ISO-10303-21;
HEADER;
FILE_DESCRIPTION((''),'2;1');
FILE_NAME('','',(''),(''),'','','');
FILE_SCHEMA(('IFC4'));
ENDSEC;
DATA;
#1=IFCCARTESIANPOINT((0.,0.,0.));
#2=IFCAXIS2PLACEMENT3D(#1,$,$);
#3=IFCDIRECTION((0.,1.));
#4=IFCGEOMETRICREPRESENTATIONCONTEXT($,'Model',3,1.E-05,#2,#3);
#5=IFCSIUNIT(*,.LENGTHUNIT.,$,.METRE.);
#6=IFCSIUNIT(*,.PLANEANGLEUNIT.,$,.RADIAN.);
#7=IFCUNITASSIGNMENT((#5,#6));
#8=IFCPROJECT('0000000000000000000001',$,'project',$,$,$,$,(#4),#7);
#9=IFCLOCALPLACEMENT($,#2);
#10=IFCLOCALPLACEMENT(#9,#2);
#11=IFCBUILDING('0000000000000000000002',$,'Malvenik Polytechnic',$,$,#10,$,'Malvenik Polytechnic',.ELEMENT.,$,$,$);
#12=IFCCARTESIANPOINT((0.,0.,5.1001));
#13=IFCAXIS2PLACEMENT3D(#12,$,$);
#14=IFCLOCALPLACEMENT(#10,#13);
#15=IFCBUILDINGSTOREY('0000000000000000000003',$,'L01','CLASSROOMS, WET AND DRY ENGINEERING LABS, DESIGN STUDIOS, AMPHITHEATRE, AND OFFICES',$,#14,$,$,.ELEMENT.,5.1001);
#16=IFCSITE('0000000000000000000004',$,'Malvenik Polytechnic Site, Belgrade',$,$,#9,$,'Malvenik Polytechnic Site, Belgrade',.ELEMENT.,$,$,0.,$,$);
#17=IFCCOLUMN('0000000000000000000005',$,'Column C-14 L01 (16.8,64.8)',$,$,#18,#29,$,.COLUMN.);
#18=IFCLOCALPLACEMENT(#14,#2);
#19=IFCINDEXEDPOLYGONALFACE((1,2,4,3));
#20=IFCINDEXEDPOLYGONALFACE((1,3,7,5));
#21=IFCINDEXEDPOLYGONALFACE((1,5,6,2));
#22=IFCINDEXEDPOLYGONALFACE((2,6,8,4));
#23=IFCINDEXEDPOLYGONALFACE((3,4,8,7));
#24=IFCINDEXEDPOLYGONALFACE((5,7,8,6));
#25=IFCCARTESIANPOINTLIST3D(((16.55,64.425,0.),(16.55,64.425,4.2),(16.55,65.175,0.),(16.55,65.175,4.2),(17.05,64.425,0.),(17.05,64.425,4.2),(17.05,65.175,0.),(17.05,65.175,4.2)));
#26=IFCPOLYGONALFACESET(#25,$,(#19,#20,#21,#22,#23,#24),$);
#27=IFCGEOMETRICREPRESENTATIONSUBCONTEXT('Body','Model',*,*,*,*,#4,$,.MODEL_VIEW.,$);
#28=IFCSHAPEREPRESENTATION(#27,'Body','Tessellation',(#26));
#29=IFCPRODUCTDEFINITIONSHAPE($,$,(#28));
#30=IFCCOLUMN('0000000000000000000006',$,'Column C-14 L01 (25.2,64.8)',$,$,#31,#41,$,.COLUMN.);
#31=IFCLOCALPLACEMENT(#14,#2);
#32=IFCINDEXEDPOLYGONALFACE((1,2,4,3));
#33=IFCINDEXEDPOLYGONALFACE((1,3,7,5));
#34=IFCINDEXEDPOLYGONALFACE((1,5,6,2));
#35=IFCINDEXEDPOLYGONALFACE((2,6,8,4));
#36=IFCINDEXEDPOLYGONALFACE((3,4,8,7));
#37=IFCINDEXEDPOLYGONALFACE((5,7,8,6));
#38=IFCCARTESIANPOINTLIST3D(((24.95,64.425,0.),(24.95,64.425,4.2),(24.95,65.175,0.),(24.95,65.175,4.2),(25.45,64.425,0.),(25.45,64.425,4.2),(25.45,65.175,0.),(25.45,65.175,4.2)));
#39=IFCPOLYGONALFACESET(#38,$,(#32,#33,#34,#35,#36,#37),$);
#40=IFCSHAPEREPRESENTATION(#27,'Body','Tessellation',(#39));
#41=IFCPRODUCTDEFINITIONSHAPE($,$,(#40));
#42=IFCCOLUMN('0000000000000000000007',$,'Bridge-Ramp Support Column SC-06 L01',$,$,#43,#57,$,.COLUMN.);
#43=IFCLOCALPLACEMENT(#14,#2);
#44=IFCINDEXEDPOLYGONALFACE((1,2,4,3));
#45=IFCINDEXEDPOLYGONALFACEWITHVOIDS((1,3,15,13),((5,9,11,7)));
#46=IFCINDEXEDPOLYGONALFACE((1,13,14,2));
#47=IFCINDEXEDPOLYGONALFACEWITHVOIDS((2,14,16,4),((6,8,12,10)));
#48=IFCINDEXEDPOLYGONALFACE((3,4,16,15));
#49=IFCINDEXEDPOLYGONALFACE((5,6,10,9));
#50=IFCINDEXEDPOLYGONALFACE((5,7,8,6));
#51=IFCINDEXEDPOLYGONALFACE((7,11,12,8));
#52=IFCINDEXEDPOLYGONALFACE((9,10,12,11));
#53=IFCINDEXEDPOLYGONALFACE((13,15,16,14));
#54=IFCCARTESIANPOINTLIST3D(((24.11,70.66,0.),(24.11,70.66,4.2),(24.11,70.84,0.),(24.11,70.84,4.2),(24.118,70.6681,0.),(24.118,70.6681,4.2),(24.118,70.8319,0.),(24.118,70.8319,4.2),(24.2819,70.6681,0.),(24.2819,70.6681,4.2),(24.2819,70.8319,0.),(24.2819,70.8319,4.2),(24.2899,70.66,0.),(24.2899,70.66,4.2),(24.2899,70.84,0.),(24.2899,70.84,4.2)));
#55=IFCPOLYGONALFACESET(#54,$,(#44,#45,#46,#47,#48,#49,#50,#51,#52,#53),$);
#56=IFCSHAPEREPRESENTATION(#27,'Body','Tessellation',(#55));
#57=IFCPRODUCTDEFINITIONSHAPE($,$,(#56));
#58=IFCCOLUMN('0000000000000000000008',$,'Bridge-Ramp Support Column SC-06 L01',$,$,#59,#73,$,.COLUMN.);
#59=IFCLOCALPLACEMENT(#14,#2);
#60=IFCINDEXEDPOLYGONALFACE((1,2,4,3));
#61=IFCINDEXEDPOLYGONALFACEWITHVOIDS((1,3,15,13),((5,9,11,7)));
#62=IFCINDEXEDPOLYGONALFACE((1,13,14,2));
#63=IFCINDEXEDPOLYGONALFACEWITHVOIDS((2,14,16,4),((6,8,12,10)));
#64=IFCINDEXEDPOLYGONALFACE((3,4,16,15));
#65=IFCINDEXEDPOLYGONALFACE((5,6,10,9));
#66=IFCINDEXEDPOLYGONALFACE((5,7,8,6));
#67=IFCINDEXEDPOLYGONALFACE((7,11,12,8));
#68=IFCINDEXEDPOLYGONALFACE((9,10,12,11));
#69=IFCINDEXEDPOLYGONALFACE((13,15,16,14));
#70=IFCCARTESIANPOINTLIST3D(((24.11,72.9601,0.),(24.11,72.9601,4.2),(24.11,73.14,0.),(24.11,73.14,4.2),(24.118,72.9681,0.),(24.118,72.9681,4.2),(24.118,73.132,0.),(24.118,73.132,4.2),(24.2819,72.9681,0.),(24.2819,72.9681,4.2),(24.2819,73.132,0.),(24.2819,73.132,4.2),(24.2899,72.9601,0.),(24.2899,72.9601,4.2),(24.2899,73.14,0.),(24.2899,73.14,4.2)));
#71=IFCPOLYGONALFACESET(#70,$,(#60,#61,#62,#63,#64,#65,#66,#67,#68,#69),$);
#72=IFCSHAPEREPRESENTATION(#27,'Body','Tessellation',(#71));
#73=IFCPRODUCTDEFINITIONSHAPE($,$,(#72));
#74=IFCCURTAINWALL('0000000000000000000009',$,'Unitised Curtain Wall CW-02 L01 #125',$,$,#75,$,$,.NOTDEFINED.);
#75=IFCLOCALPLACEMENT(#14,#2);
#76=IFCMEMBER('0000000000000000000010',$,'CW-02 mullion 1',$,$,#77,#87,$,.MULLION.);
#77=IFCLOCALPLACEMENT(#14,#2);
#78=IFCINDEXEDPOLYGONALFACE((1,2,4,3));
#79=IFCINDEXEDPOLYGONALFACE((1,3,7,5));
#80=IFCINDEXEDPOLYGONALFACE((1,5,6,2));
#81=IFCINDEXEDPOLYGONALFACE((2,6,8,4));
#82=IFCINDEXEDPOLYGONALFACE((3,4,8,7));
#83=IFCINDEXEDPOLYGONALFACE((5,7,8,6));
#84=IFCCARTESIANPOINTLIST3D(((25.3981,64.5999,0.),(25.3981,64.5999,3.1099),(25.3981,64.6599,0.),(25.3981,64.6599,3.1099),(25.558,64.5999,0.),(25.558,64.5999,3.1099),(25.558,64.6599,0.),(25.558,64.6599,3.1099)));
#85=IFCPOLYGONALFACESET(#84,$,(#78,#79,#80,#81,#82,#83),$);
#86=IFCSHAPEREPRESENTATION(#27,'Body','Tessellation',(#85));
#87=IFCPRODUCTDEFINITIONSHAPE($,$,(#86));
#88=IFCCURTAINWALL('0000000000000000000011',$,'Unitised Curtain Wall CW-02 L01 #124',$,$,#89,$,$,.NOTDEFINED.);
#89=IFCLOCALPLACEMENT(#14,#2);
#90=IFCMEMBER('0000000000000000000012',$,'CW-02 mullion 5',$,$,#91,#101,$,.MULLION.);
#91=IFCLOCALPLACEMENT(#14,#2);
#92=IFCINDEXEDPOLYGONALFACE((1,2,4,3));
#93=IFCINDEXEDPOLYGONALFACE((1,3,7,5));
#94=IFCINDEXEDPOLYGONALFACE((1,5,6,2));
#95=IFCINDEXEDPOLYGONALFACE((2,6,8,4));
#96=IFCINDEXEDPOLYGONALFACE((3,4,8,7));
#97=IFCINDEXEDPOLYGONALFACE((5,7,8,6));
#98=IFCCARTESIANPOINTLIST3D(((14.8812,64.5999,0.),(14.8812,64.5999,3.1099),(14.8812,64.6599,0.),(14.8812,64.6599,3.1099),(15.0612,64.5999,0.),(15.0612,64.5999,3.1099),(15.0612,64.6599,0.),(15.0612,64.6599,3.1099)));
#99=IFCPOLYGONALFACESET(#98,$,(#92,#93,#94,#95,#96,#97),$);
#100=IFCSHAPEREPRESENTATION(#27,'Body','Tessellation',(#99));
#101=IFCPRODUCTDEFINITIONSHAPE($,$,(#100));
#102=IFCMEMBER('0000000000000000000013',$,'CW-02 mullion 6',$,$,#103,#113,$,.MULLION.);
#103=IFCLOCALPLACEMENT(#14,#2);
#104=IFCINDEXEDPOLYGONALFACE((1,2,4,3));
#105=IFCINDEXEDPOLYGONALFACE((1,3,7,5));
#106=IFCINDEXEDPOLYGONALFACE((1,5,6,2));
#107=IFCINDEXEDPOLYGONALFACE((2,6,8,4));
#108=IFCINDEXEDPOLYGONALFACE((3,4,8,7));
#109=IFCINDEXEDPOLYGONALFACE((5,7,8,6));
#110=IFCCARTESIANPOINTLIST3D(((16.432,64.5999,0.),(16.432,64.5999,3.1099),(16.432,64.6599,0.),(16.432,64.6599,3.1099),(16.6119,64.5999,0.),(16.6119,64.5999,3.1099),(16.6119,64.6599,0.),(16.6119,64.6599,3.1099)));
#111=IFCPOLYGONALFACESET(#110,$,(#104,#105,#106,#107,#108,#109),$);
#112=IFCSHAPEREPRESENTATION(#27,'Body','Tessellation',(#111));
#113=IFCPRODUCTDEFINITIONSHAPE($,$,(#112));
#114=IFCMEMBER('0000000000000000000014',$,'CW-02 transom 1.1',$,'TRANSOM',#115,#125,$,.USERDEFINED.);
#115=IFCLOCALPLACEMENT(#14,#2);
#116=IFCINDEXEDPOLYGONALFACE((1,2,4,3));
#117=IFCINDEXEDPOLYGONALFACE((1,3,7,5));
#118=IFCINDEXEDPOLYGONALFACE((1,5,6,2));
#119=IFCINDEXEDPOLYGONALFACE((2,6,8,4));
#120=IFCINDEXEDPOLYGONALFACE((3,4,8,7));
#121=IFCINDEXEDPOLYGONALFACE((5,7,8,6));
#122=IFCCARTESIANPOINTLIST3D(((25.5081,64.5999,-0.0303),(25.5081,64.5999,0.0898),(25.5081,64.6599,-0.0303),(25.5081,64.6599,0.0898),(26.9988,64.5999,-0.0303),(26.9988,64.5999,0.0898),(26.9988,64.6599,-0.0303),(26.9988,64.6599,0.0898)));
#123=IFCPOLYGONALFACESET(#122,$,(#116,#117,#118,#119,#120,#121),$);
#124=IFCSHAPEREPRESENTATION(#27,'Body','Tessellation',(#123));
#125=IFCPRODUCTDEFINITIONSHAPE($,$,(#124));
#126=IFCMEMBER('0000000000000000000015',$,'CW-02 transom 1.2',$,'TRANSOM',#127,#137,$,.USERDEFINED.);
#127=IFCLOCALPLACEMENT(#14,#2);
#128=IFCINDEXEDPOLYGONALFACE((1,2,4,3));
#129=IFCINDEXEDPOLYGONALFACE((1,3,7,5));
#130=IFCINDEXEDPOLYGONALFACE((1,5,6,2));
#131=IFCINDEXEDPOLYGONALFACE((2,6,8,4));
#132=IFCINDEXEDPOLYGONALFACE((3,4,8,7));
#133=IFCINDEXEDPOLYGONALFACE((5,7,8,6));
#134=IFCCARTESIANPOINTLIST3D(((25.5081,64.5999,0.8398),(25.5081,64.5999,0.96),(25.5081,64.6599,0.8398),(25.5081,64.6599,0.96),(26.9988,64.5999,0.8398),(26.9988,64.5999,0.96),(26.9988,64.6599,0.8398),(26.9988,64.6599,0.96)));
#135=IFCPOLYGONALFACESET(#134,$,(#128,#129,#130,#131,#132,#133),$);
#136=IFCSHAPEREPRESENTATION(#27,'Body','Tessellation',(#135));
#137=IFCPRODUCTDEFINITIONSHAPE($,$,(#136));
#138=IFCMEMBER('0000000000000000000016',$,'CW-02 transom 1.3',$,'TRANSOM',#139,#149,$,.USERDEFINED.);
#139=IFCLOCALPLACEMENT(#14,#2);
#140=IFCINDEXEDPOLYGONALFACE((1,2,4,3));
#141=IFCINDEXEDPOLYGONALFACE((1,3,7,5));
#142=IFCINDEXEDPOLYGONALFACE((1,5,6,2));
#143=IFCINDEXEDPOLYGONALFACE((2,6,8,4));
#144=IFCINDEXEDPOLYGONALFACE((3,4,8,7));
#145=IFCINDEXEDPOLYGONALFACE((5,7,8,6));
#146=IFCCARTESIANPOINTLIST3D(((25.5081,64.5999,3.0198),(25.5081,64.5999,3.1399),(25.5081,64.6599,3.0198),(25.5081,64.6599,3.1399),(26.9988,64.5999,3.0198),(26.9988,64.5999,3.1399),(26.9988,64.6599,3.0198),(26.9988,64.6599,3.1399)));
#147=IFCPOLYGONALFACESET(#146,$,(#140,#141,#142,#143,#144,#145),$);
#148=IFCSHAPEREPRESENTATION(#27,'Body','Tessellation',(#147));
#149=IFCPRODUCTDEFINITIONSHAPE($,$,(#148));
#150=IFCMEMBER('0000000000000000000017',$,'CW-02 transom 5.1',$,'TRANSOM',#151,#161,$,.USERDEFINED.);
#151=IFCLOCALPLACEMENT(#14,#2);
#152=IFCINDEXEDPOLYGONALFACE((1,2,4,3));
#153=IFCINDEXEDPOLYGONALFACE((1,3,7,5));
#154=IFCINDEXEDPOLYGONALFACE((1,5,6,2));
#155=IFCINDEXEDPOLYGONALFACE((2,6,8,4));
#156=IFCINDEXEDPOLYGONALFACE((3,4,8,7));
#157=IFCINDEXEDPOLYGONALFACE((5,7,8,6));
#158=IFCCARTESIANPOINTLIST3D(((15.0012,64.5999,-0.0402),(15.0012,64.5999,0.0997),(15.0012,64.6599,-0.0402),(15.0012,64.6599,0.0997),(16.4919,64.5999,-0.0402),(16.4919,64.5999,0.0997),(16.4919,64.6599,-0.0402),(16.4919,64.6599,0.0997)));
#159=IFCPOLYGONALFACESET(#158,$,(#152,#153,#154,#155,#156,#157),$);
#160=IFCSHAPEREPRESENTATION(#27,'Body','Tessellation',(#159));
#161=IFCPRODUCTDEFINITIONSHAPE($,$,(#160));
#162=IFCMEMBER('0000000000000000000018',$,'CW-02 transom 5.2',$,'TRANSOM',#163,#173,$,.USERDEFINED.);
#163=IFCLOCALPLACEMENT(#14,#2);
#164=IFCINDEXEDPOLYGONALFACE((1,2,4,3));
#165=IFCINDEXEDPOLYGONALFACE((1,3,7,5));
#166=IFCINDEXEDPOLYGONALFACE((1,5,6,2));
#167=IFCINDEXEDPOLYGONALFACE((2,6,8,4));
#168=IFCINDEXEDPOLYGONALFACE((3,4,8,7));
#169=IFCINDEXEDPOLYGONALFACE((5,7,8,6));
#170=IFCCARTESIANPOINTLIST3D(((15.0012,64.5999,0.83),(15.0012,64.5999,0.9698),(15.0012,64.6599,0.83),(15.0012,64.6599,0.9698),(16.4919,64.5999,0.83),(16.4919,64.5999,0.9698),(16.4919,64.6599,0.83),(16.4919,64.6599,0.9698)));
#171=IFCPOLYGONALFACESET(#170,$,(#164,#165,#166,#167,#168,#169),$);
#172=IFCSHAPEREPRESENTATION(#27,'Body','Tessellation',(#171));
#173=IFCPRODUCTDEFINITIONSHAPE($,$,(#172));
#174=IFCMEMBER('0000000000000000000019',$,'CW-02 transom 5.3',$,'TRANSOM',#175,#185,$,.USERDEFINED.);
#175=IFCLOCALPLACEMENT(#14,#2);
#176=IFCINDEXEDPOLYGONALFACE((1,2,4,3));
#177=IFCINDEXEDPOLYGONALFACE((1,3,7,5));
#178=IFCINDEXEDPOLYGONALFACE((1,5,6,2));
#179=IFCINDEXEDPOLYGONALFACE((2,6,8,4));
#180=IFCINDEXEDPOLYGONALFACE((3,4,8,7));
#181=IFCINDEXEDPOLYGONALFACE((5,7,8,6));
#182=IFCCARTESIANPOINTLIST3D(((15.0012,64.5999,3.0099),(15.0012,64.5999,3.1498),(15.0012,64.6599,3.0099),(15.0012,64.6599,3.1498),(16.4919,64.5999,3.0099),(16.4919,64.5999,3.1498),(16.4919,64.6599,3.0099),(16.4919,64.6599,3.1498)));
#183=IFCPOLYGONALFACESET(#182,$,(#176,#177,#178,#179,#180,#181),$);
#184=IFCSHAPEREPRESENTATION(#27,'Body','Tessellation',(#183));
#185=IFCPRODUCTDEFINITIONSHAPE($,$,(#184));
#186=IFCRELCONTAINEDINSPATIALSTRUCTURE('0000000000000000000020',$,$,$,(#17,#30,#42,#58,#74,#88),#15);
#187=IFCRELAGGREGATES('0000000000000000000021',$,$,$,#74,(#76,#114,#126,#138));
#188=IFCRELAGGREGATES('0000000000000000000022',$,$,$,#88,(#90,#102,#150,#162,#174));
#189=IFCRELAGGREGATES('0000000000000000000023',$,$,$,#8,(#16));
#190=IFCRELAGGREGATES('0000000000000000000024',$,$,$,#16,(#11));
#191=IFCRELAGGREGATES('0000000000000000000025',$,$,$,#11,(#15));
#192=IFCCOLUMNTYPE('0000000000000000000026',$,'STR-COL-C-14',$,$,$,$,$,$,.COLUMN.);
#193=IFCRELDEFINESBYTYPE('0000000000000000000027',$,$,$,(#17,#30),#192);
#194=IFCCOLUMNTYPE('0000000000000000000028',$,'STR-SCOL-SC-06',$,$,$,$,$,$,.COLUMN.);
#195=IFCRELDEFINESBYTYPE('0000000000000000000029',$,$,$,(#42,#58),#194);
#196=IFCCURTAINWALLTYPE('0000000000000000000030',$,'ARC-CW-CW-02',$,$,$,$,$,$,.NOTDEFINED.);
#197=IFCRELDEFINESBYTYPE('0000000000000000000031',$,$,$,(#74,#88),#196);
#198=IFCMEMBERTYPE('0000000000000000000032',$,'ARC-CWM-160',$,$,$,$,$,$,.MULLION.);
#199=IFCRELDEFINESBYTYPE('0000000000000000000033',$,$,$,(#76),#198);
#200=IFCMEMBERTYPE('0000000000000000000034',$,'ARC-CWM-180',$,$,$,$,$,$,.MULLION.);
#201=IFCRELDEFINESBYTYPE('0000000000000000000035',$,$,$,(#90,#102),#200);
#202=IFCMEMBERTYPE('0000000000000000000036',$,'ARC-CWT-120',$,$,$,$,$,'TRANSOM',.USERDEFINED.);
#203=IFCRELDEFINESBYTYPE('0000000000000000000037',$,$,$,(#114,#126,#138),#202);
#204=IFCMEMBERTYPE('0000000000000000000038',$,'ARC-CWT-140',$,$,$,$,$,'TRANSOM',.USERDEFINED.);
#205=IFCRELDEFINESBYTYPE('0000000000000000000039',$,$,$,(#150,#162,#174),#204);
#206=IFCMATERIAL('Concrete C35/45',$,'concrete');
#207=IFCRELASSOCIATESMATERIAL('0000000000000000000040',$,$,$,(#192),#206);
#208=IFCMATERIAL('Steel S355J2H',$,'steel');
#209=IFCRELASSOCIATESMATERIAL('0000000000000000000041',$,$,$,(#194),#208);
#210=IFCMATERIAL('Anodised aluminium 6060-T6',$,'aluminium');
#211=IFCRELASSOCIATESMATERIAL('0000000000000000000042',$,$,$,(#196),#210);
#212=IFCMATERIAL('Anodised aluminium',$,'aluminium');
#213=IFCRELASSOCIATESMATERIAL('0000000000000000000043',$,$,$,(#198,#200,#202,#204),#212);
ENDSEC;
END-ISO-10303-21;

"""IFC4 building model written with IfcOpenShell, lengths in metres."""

from ifc_helpers import new_model, si_unit, direction, frame, origin, origin_2d, place, context, subcontext, project, spatial, rectangle, hollow_rectangle, extrude, material, material_profile, profile_set, type_object, element, aggregate, save


model = new_model("IFC4")

# Units and contexts
model_context = context("Model", 3, precision=1e-05, world=origin(), true_north=direction((0.0, 1.0)))
body_context = subcontext(model_context, "Body", "Model", "MODEL_VIEW")
ifc_project = project(units=[si_unit("LENGTHUNIT", "METRE"), si_unit("PLANEANGLEUNIT", "RADIAN")], contexts=[model_context])

# Site, building, storey
site_placement = place(None, origin())
site = spatial("IfcSite", under=ifc_project, at=site_placement, Name="Malvenik Polytechnic Site, Belgrade", LongName="Malvenik Polytechnic Site, Belgrade", CompositionType="ELEMENT", RefElevation=0.0)
building_placement = place(site_placement, origin())
building = spatial("IfcBuilding", under=site, at=building_placement, Name="Malvenik Polytechnic", LongName="Malvenik Polytechnic", CompositionType="ELEMENT")
storey_placement = place(building_placement, frame((0.0, 0.0, 5.1001)))
storey = spatial("IfcBuildingStorey", under=building, at=storey_placement, Name="L01", Description="CLASSROOMS, WET AND DRY ENGINEERING LABS, DESIGN STUDIOS, AMPHITHEATRE, AND OFFICES", CompositionType="ELEMENT", Elevation=5.1001)

# Columns
ifc_material_1 = material(Name="Concrete C35/45", Category="concrete")
ifc_material_profile_1 = material_profile(ifc_material_1, rectangle(XDim=0.5, YDim=0.75, at=origin_2d()), Name="RC COL 750x500")
ifc_profile_set_1 = profile_set([ifc_material_profile_1], Name="Concrete C35/45")
column_type_1 = type_object("IfcColumnType", Name="STR-COL-C-14", PredefinedType="COLUMN", material=ifc_profile_set_1)
for number, where, z_axis, x_axis, name in (
    (1, (16.8, 64.8, 0.0), (0.0, 0.0, 1.0), (1.0, 0.0, 0.0), "Column C-14 L01 (16.8,64.8)"),
    (2, (25.2, 64.8, 0.0), (0.0, 0.0, 1.0), (1.0, 0.0, 0.0), "Column C-14 L01 (25.2,64.8)"),
):
    element("IfcColumn", number, at=place(storey_placement, frame(where, z_axis=z_axis, x_axis=x_axis)), inside=storey, type_object=column_type_1, Name=name, PredefinedType="COLUMN", context=body_context, shape_type="SweptSolid", body=[
        extrude(rectangle(XDim=0.5, YDim=0.75, at=origin_2d()), origin(), (0.0, 0.0, 1.0), 4.2),
    ])
ifc_material_2 = material(Name="Steel S355J2H", Category="steel")
ifc_material_profile_2 = material_profile(ifc_material_2, hollow_rectangle(XDim=0.1799, YDim=0.1799, WallThickness=0.0081, at=origin_2d()), Name="SHS 180x180x8.0")
ifc_profile_set_2 = profile_set([ifc_material_profile_2], Name="Steel S355J2H")
column_type_2 = type_object("IfcColumnType", Name="STR-SCOL-SC-06", PredefinedType="COLUMN", material=ifc_profile_set_2)
for number, where, z_axis, x_axis, name in (
    (3, (24.2, 70.75, 0.0), (0.0, 0.0, 1.0), (1.0, 0.0, 0.0), "Bridge-Ramp Support Column SC-06 L01"),
    (4, (24.2, 73.05, 0.0), (0.0, 0.0, 1.0), (1.0, 0.0, 0.0), "Bridge-Ramp Support Column SC-06 L01"),
):
    element("IfcColumn", number, at=place(storey_placement, frame(where, z_axis=z_axis, x_axis=x_axis)), inside=storey, type_object=column_type_2, Name=name, PredefinedType="COLUMN", context=body_context, shape_type="SweptSolid", body=[
        extrude(hollow_rectangle(XDim=0.1799, YDim=0.1799, WallThickness=0.0081, at=origin_2d()), origin(), (0.0, 0.0, 1.0), 4.2),
    ])

# Curtain wall, member
ifc_material_3 = material(Name="Anodised aluminium 6060-T6", Category="aluminium")
curtain_wall_type = type_object("IfcCurtainWallType", Name="ARC-CW-CW-02", PredefinedType="NOTDEFINED", material=ifc_material_3)
curtain_wall_1_placement = place(storey_placement, origin())
curtain_wall_1 = element("IfcCurtainWall", 5, at=curtain_wall_1_placement, inside=storey, type_object=curtain_wall_type, Name="Unitised Curtain Wall CW-02 L01 #125", PredefinedType="NOTDEFINED")
ifc_material_4 = material(Name="Anodised aluminium", Category="aluminium")
ifc_material_profile_3 = material_profile(ifc_material_4, rectangle(XDim=0.0601, YDim=0.1599, at=origin_2d()), Name="ALU MULLION 60x160")
ifc_profile_set_3 = profile_set([ifc_material_profile_3], Name="Anodised aluminium")
member_type_1 = type_object("IfcMemberType", Name="ARC-CWM-160", PredefinedType="MULLION", material=ifc_profile_set_3)
member_1_placement = place(storey_placement, frame((25.478, 64.6299, 0.0), z_axis=(0.0, 0.0, 1.0), x_axis=(0.0, 1.0, 0.0)))
member_1 = element("IfcMember", 6, at=member_1_placement, type_object=member_type_1, Name="CW-02 mullion 1", PredefinedType="MULLION", context=body_context, shape_type="SweptSolid", body=[
    extrude(rectangle(XDim=0.0601, YDim=0.1599, at=origin_2d()), origin(), (0.0, 0.0, 1.0), 3.1099),
])

# Curtain wall, members
curtain_wall_2_placement = place(storey_placement, origin())
curtain_wall_2 = element("IfcCurtainWall", 7, at=curtain_wall_2_placement, inside=storey, type_object=curtain_wall_type, Name="Unitised Curtain Wall CW-02 L01 #124", PredefinedType="NOTDEFINED")
ifc_material_profile_4 = material_profile(ifc_material_4, rectangle(XDim=0.0601, YDim=0.1799, at=origin_2d()), Name="ALU MULLION 60x180")
ifc_profile_set_4 = profile_set([ifc_material_profile_4], Name="Anodised aluminium")
member_type_2 = type_object("IfcMemberType", Name="ARC-CWM-180", PredefinedType="MULLION", material=ifc_profile_set_4)
member_2_placement = place(storey_placement, frame((14.9712, 64.6299, 0.0), z_axis=(0.0, 0.0, 1.0), x_axis=(0.0, 1.0, 0.0)))
member_2 = element("IfcMember", 8, at=member_2_placement, type_object=member_type_2, Name="CW-02 mullion 5", PredefinedType="MULLION", context=body_context, shape_type="SweptSolid", body=[
    extrude(rectangle(XDim=0.0601, YDim=0.1799, at=origin_2d()), origin(), (0.0, 0.0, 1.0), 3.1099),
])
member_3_placement = place(storey_placement, frame((16.522, 64.6299, 0.0), z_axis=(0.0, 0.0, 1.0), x_axis=(0.0, 1.0, 0.0)))
member_3 = element("IfcMember", 9, at=member_3_placement, type_object=member_type_2, Name="CW-02 mullion 6", PredefinedType="MULLION", context=body_context, shape_type="SweptSolid", body=[
    extrude(rectangle(XDim=0.0601, YDim=0.1799, at=origin_2d()), origin(), (0.0, 0.0, 1.0), 3.1099),
])

# Members
ifc_material_profile_5 = material_profile(ifc_material_4, rectangle(XDim=0.0601, YDim=0.1201, at=origin_2d()), Name="ALU TRANSOM 60x120")
ifc_profile_set_5 = profile_set([ifc_material_profile_5], Name="Anodised aluminium")
member_type_3 = type_object("IfcMemberType", Name="ARC-CWT-120", ElementType="TRANSOM", PredefinedType="USERDEFINED", material=ifc_profile_set_5)
member_4_placement = place(storey_placement, frame((25.5081, 64.6299, 0.0298), z_axis=(1.0, 0.0, 0.0), x_axis=(0.0, 1.0, 0.0)))
member_4 = element("IfcMember", 10, at=member_4_placement, type_object=member_type_3, Name="CW-02 transom 1.1", ObjectType="TRANSOM", PredefinedType="USERDEFINED", context=body_context, shape_type="SweptSolid", body=[
    extrude(rectangle(XDim=0.0601, YDim=0.1201, at=origin_2d()), origin(), (0.0, 0.0, 1.0), 1.4907),
])
member_5_placement = place(storey_placement, frame((25.5081, 64.6299, 0.8999), z_axis=(1.0, 0.0, 0.0), x_axis=(0.0, 1.0, 0.0)))
member_5 = element("IfcMember", 11, at=member_5_placement, type_object=member_type_3, Name="CW-02 transom 1.2", ObjectType="TRANSOM", PredefinedType="USERDEFINED", context=body_context, shape_type="SweptSolid", body=[
    extrude(rectangle(XDim=0.0601, YDim=0.1201, at=origin_2d()), origin(), (0.0, 0.0, 1.0), 1.4907),
])
member_6_placement = place(storey_placement, frame((25.5081, 64.6299, 3.0798), z_axis=(1.0, 0.0, 0.0), x_axis=(0.0, 1.0, 0.0)))
member_6 = element("IfcMember", 12, at=member_6_placement, type_object=member_type_3, Name="CW-02 transom 1.3", ObjectType="TRANSOM", PredefinedType="USERDEFINED", context=body_context, shape_type="SweptSolid", body=[
    extrude(rectangle(XDim=0.0601, YDim=0.1201, at=origin_2d()), origin(), (0.0, 0.0, 1.0), 1.4907),
])
aggregate(curtain_wall_1, [member_1, member_4, member_5, member_6])
ifc_material_profile_6 = material_profile(ifc_material_4, rectangle(XDim=0.0601, YDim=0.1399, at=origin_2d()), Name="ALU TRANSOM 60x140")
ifc_profile_set_6 = profile_set([ifc_material_profile_6], Name="Anodised aluminium")
member_type_4 = type_object("IfcMemberType", Name="ARC-CWT-140", ElementType="TRANSOM", PredefinedType="USERDEFINED", material=ifc_profile_set_6)
member_7_placement = place(storey_placement, frame((15.0012, 64.6299, 0.0298), z_axis=(1.0, 0.0, 0.0), x_axis=(0.0, 1.0, 0.0)))
member_7 = element("IfcMember", 13, at=member_7_placement, type_object=member_type_4, Name="CW-02 transom 5.1", ObjectType="TRANSOM", PredefinedType="USERDEFINED", context=body_context, shape_type="SweptSolid", body=[
    extrude(rectangle(XDim=0.0601, YDim=0.1399, at=origin_2d()), origin(), (0.0, 0.0, 1.0), 1.4907),
])
member_8_placement = place(storey_placement, frame((15.0012, 64.6299, 0.8999), z_axis=(1.0, 0.0, 0.0), x_axis=(0.0, 1.0, 0.0)))
member_8 = element("IfcMember", 14, at=member_8_placement, type_object=member_type_4, Name="CW-02 transom 5.2", ObjectType="TRANSOM", PredefinedType="USERDEFINED", context=body_context, shape_type="SweptSolid", body=[
    extrude(rectangle(XDim=0.0601, YDim=0.1399, at=origin_2d()), origin(), (0.0, 0.0, 1.0), 1.4907),
])
member_9_placement = place(storey_placement, frame((15.0012, 64.6299, 3.0798), z_axis=(1.0, 0.0, 0.0), x_axis=(0.0, 1.0, 0.0)))
member_9 = element("IfcMember", 15, at=member_9_placement, type_object=member_type_4, Name="CW-02 transom 5.3", ObjectType="TRANSOM", PredefinedType="USERDEFINED", context=body_context, shape_type="SweptSolid", body=[
    extrude(rectangle(XDim=0.0601, YDim=0.1399, at=origin_2d()), origin(), (0.0, 0.0, 1.0), 1.4907),
])

aggregate(curtain_wall_2, [member_2, member_3, member_7, member_8, member_9])

save(model, "model.ifc")
